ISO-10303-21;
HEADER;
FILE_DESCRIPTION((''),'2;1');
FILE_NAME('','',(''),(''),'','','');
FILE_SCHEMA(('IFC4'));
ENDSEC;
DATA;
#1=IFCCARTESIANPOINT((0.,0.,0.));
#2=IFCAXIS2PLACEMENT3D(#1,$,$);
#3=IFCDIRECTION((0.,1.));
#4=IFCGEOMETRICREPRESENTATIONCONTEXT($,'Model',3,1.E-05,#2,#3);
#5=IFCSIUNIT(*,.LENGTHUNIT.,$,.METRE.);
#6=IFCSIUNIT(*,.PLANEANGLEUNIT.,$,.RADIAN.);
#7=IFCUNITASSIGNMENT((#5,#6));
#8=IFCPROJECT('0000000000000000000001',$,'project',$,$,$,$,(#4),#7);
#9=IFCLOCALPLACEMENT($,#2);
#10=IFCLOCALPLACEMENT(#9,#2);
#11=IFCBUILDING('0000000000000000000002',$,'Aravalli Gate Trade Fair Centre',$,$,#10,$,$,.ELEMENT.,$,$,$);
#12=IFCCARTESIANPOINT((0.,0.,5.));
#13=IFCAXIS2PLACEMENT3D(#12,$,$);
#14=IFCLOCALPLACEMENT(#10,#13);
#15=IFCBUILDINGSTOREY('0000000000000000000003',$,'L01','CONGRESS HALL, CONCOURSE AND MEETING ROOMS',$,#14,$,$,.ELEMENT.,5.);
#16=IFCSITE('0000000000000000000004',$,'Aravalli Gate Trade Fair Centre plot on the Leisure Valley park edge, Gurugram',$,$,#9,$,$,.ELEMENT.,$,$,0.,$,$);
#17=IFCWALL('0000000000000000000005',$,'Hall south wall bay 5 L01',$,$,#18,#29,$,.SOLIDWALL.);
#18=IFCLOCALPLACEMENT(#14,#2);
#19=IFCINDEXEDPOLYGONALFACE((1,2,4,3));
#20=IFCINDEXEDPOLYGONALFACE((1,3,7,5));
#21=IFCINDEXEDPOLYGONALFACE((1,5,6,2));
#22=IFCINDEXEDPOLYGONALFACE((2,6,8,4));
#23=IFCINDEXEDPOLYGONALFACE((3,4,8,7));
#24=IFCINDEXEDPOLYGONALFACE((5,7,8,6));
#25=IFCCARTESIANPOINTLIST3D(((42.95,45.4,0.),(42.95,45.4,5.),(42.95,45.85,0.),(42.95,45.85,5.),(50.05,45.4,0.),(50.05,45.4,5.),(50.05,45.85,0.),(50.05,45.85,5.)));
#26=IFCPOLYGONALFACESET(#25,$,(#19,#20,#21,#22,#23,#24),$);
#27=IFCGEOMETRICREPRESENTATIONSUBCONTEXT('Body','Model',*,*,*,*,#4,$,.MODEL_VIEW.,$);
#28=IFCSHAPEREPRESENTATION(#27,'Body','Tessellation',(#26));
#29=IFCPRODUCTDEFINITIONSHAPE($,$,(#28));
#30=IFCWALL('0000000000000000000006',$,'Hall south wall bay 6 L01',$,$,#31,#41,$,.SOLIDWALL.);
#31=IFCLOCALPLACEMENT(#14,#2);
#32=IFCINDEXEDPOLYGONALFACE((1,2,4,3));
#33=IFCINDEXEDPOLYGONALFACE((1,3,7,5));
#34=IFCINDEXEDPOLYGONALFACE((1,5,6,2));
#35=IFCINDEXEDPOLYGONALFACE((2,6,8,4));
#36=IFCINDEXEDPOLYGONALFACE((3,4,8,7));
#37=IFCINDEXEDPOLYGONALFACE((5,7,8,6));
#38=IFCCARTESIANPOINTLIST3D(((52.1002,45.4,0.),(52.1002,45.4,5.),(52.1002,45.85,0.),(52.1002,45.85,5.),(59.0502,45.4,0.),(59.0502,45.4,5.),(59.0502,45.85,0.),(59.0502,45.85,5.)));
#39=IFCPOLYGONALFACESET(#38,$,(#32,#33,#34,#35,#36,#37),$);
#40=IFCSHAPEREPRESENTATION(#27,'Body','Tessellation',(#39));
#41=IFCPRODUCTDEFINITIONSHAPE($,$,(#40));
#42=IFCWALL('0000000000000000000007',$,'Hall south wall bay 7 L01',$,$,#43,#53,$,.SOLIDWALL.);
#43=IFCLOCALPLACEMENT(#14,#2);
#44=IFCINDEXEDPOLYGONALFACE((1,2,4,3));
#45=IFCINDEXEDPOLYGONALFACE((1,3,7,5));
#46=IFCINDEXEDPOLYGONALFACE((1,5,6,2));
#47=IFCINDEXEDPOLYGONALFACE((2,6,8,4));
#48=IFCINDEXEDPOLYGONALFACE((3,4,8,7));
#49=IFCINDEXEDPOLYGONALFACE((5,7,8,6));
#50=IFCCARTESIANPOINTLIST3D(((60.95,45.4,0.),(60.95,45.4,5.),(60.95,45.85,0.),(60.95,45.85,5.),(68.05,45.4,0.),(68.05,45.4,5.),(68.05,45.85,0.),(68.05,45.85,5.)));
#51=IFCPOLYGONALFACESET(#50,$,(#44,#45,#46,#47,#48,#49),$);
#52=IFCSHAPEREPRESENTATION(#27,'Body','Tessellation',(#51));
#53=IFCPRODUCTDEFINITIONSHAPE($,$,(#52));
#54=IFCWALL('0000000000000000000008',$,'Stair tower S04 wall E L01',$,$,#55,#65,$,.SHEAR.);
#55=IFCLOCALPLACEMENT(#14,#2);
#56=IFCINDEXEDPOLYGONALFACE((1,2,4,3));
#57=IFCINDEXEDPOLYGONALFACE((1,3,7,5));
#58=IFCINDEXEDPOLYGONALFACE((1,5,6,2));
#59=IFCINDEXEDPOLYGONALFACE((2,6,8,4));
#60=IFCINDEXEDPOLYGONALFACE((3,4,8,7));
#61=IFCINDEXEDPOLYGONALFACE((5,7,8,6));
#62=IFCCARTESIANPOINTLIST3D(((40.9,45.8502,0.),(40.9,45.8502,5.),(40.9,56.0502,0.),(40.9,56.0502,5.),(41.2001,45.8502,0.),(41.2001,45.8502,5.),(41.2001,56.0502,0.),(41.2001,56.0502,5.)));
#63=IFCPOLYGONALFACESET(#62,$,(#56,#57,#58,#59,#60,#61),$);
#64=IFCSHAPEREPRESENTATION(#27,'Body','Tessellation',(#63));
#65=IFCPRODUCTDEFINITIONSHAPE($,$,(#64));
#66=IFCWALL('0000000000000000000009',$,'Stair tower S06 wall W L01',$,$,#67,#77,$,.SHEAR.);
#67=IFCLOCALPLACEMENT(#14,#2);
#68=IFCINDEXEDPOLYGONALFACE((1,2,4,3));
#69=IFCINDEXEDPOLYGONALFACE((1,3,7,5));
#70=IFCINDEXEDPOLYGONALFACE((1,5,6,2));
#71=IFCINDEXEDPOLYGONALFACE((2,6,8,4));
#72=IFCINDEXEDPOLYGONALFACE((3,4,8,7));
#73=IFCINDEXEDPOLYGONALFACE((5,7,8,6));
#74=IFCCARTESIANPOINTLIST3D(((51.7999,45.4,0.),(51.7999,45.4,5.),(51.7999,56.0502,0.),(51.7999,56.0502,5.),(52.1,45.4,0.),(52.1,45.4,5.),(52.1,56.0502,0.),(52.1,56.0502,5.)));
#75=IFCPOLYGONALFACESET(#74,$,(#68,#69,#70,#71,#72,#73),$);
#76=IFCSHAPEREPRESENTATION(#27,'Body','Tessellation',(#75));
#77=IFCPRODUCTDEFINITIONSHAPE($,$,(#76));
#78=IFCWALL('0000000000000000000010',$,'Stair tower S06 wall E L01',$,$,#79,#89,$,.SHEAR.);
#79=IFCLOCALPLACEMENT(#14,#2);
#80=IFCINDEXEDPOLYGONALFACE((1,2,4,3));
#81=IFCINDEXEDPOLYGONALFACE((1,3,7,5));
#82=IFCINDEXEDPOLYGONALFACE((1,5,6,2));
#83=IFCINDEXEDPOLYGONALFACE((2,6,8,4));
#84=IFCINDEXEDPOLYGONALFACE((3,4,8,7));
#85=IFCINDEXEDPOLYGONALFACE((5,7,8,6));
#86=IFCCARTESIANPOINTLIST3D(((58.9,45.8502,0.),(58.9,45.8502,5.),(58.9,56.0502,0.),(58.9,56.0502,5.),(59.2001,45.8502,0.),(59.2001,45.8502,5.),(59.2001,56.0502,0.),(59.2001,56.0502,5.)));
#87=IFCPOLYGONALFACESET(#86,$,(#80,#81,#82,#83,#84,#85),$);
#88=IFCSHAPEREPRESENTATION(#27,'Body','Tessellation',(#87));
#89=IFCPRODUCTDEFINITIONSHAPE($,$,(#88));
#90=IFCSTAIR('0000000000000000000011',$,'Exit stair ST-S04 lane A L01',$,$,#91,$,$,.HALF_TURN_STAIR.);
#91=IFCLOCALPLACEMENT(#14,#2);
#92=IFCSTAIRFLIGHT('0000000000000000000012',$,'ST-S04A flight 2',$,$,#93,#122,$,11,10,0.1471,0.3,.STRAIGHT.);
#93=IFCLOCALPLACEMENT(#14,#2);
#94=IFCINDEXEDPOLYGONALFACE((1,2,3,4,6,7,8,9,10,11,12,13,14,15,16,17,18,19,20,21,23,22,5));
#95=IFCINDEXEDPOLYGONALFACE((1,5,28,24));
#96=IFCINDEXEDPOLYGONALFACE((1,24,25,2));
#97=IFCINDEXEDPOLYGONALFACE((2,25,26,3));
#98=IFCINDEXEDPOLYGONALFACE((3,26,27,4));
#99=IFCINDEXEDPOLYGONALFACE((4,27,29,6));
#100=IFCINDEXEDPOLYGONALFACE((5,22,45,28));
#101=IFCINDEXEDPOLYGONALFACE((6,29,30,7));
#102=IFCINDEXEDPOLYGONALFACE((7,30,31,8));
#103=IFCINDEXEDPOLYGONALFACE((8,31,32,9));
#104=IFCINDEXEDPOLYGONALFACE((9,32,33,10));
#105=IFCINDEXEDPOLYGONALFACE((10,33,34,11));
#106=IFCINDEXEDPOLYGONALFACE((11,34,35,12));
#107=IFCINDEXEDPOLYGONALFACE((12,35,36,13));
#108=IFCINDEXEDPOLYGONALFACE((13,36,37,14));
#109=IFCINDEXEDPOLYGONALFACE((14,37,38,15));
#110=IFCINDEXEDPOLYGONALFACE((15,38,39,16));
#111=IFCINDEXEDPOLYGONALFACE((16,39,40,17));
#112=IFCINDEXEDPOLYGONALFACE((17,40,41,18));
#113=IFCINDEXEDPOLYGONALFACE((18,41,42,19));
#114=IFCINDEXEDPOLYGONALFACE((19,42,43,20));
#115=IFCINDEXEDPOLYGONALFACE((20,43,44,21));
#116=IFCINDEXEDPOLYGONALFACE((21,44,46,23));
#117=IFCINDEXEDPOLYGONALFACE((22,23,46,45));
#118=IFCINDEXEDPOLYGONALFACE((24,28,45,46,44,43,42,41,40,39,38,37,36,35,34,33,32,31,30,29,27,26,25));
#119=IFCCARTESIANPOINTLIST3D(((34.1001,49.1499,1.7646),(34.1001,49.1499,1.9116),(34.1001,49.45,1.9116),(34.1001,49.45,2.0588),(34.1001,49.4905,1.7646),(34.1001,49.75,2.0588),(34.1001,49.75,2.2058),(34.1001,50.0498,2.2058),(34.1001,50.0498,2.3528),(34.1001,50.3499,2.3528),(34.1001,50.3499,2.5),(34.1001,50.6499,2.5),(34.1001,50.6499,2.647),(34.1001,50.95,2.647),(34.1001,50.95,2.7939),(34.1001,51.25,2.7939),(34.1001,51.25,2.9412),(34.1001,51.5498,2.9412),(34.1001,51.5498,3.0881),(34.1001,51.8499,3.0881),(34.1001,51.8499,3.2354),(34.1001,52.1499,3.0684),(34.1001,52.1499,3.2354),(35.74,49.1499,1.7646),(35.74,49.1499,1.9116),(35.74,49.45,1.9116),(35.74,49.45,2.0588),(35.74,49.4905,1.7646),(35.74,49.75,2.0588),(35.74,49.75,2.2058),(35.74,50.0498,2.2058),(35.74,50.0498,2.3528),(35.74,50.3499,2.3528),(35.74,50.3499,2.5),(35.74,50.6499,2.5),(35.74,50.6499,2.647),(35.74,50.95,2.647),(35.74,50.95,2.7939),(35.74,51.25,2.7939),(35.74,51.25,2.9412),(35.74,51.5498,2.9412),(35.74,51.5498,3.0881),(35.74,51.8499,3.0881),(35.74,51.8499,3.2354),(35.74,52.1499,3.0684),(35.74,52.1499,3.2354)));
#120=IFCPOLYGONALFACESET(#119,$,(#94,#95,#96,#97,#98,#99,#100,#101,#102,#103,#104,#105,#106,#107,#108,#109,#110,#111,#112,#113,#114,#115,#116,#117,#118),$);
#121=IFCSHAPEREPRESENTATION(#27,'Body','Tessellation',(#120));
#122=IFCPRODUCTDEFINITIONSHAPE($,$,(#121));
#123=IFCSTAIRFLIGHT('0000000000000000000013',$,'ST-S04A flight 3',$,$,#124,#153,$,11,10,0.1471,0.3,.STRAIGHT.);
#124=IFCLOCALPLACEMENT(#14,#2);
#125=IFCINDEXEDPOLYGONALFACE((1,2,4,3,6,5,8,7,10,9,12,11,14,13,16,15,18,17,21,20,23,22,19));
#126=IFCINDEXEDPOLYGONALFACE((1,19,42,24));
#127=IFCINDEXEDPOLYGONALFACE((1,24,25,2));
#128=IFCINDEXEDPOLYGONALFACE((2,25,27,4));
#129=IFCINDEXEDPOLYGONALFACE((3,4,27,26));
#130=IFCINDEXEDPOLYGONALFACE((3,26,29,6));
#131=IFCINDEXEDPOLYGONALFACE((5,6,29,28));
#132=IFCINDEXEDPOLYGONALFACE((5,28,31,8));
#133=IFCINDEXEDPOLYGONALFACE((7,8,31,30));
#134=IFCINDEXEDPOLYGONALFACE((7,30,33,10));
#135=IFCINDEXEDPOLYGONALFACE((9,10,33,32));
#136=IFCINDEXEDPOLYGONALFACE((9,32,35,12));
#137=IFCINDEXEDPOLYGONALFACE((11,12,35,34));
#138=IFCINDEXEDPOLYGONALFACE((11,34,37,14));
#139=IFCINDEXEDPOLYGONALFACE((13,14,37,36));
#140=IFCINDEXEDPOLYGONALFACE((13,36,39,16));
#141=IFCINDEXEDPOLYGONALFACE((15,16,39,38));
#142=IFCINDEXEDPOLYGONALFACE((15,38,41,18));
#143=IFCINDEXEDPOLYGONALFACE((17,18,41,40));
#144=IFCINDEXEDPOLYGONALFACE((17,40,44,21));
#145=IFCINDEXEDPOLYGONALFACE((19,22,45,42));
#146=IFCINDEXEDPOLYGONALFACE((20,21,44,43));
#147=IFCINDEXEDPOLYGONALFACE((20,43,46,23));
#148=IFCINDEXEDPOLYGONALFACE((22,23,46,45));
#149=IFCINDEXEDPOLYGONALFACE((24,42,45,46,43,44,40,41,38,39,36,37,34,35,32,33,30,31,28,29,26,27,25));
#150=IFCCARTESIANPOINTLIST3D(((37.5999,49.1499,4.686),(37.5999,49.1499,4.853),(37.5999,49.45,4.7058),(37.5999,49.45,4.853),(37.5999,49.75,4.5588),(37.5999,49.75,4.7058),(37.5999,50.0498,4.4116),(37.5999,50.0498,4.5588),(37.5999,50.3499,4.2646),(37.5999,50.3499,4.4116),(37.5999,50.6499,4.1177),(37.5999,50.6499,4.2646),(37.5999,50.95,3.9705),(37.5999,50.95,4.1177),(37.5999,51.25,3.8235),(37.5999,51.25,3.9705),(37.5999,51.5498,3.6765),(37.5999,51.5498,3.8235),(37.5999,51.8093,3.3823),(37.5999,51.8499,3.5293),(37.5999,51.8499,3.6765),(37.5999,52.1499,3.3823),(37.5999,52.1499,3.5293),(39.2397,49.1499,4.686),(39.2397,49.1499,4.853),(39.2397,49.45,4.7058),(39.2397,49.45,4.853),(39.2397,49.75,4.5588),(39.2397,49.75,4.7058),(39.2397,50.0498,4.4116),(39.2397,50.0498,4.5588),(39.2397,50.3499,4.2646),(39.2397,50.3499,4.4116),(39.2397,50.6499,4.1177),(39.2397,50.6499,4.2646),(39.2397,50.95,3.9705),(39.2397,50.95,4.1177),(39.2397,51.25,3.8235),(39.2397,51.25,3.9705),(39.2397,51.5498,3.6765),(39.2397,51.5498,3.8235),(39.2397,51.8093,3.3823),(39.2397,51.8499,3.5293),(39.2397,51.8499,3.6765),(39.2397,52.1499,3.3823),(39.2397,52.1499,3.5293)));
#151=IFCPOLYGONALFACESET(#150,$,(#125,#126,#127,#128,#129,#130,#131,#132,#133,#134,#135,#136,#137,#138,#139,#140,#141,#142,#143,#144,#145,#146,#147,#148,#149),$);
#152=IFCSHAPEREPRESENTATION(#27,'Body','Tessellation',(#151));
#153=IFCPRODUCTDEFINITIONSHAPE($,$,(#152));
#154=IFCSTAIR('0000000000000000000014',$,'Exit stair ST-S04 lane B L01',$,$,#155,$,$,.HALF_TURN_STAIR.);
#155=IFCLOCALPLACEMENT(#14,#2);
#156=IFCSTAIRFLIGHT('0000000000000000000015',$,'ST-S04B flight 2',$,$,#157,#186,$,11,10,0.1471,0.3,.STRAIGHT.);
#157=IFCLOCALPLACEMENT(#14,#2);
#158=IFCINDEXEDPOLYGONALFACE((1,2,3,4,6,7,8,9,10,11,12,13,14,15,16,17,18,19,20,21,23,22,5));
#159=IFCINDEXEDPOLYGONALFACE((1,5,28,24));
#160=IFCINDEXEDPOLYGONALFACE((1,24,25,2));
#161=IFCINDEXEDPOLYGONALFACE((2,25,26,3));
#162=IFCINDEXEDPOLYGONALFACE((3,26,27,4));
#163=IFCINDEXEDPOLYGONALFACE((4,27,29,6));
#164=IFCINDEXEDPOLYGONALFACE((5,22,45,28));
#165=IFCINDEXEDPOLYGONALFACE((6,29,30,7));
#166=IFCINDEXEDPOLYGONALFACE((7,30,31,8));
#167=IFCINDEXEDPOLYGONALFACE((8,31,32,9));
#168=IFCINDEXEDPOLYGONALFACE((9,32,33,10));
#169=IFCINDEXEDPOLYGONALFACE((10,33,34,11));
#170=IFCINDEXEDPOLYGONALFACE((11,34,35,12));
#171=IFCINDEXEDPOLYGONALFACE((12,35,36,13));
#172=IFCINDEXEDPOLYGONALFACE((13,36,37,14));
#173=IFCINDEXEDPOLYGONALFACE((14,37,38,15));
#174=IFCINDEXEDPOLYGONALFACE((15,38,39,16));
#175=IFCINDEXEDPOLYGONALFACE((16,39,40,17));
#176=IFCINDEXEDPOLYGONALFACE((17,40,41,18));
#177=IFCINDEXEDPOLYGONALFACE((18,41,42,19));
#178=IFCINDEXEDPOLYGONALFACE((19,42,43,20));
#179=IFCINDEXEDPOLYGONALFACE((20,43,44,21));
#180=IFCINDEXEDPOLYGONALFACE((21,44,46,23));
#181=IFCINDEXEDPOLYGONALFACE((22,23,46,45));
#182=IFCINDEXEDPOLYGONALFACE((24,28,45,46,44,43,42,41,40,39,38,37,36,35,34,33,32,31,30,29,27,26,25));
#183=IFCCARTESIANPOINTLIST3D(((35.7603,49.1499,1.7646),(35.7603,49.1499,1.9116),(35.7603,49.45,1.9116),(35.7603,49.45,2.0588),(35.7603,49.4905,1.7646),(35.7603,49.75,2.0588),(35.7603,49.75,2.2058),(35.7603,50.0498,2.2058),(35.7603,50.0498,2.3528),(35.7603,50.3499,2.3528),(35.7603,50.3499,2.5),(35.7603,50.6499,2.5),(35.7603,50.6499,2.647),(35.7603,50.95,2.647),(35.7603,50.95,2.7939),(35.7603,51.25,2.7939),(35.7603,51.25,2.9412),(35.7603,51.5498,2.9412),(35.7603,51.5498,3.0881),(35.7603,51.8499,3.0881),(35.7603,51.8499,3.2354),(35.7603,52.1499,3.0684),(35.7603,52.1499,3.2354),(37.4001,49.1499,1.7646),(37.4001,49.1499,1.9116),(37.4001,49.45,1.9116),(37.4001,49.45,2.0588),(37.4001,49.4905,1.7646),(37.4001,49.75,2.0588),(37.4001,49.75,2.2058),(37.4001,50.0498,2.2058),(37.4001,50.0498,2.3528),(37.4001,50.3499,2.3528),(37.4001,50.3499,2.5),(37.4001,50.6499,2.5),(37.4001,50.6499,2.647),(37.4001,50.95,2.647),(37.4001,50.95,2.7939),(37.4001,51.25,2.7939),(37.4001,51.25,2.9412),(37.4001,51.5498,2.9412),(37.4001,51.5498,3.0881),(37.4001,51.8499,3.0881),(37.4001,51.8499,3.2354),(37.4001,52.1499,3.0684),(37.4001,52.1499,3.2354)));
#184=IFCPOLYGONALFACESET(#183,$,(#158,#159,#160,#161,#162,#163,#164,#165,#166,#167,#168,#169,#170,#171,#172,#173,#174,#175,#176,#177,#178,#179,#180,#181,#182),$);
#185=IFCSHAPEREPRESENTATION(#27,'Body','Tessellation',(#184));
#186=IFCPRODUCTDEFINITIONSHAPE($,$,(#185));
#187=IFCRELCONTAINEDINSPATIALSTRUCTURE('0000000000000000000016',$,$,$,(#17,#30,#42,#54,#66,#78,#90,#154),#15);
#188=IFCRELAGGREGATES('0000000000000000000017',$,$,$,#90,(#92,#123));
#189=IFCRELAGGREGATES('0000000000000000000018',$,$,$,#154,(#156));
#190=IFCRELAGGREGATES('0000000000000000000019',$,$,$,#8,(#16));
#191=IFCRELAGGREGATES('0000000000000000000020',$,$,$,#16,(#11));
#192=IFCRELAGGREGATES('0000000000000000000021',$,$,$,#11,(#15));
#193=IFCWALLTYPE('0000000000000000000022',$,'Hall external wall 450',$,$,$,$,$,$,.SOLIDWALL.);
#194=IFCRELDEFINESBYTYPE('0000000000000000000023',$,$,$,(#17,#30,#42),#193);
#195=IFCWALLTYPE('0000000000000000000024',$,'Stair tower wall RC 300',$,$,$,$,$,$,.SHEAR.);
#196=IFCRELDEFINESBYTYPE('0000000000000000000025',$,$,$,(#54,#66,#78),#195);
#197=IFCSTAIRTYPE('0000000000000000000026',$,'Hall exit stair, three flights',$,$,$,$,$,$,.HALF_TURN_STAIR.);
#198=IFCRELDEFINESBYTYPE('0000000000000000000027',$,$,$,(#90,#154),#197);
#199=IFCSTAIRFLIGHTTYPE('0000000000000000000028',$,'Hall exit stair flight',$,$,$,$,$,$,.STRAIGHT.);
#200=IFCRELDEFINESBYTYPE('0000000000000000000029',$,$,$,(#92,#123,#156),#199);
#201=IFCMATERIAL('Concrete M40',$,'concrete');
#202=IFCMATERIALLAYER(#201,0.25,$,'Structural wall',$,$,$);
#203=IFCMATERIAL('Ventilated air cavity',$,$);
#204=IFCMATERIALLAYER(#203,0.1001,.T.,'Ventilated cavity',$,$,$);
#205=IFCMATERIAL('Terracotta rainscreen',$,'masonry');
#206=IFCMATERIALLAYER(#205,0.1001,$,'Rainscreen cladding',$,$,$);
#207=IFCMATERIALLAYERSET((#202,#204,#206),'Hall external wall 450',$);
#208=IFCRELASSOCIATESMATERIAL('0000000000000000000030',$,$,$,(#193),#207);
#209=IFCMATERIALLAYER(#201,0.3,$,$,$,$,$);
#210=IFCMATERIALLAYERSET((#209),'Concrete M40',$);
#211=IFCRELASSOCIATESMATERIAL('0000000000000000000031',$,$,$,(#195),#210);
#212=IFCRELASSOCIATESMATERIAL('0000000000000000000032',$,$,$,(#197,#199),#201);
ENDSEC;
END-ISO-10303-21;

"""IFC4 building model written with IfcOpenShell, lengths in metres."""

from ifc_helpers import new_model, si_unit, direction, frame, frame_2d, origin, place, context, subcontext, project, spatial, polyline, rectangle, outline, extrude, material, layer, layer_set, type_object, element, aggregate, save


model = new_model("IFC4")

# Units and contexts
model_context = context("Model", 3, precision=1e-05, world=origin(), true_north=direction((0.0, 1.0)))
body_context = subcontext(model_context, "Body", "Model", "MODEL_VIEW")
ifc_project = project(units=[si_unit("LENGTHUNIT", "METRE"), si_unit("PLANEANGLEUNIT", "RADIAN")], contexts=[model_context])

# Site, building, storey
site_placement = place(None, origin())
site = spatial("IfcSite", under=ifc_project, at=site_placement, Name="Aravalli Gate Trade Fair Centre plot on the Leisure Valley park edge, Gurugram", CompositionType="ELEMENT", RefElevation=0.0)
building_placement = place(site_placement, origin())
building = spatial("IfcBuilding", under=site, at=building_placement, Name="Aravalli Gate Trade Fair Centre", CompositionType="ELEMENT")
storey_placement = place(building_placement, frame((0.0, 0.0, 5.0)))
storey = spatial("IfcBuildingStorey", under=building, at=storey_placement, Name="L01", Description="CONGRESS HALL, CONCOURSE AND MEETING ROOMS", CompositionType="ELEMENT", Elevation=5.0)

# Walls
ifc_material_1 = material(Name="Concrete M40", Category="concrete")
ifc_layer_1 = layer(ifc_material_1, 0.25, Name="Structural wall")
ifc_material_2 = material(Name="Ventilated air cavity")
ifc_layer_2 = layer(ifc_material_2, 0.1001, ventilated=True, Name="Ventilated cavity")
ifc_material_3 = material(Name="Terracotta rainscreen", Category="masonry")
ifc_layer_3 = layer(ifc_material_3, 0.1001, Name="Rainscreen cladding")
ifc_layer_set_1 = layer_set([ifc_layer_1, ifc_layer_2, ifc_layer_3], Name="Hall external wall 450")
wall_type_1 = type_object("IfcWallType", Name="Hall external wall 450", PredefinedType="SOLIDWALL", material=ifc_layer_set_1)
wall_1_placement = place(storey_placement, frame((42.95, 45.625, 0.0), z_axis=(0.0, 0.0, 1.0), x_axis=(1.0, 0.0, 0.0)))
element("IfcWall", 1, at=wall_1_placement, inside=storey, type_object=wall_type_1, Name="Hall south wall bay 5 L01", PredefinedType="SOLIDWALL", context=body_context, shape_type="SweptSolid", body=[
    extrude(rectangle(XDim=7.1001, YDim=0.45, at=frame_2d((3.55, 0.0))), origin(), (0.0, 0.0, 1.0), 5.0),
])
wall_2_placement = place(storey_placement, frame((52.1001, 45.625, 0.0), z_axis=(0.0, 0.0, 1.0), x_axis=(1.0, 0.0, 0.0)))
element("IfcWall", 2, at=wall_2_placement, inside=storey, type_object=wall_type_1, Name="Hall south wall bay 6 L01", PredefinedType="SOLIDWALL", context=body_context, shape_type="SweptSolid", body=[
    extrude(rectangle(XDim=6.95, YDim=0.45, at=frame_2d((3.4751, 0.0))), origin(), (0.0, 0.0, 1.0), 5.0),
])
wall_3_placement = place(storey_placement, frame((60.95, 45.625, 0.0), z_axis=(0.0, 0.0, 1.0), x_axis=(1.0, 0.0, 0.0)))
element("IfcWall", 3, at=wall_3_placement, inside=storey, type_object=wall_type_1, Name="Hall south wall bay 7 L01", PredefinedType="SOLIDWALL", context=body_context, shape_type="SweptSolid", body=[
    extrude(rectangle(XDim=7.1001, YDim=0.45, at=frame_2d((3.55, 0.0))), origin(), (0.0, 0.0, 1.0), 5.0),
])
ifc_layer_4 = layer(ifc_material_1, 0.3)
ifc_layer_set_2 = layer_set([ifc_layer_4], Name="Concrete M40")
wall_type_2 = type_object("IfcWallType", Name="Stair tower wall RC 300", PredefinedType="SHEAR", material=ifc_layer_set_2)
wall_4_placement = place(storey_placement, frame((41.05, 45.8501, 0.0), z_axis=(0.0, 0.0, 1.0), x_axis=(0.0, 1.0, 0.0)))
element("IfcWall", 4, at=wall_4_placement, inside=storey, type_object=wall_type_2, Name="Stair tower S04 wall E L01", PredefinedType="SHEAR", context=body_context, shape_type="SweptSolid", body=[
    extrude(rectangle(XDim=10.2, YDim=0.3, at=frame_2d((5.1001, 0.0))), origin(), (0.0, 0.0, 1.0), 5.0),
])
wall_5_placement = place(storey_placement, frame((51.95, 45.3999, 0.0), z_axis=(0.0, 0.0, 1.0), x_axis=(0.0, 1.0, 0.0)))
element("IfcWall", 5, at=wall_5_placement, inside=storey, type_object=wall_type_2, Name="Stair tower S06 wall W L01", PredefinedType="SHEAR", context=body_context, shape_type="SweptSolid", body=[
    extrude(rectangle(XDim=10.6501, YDim=0.3, at=frame_2d((5.3252, 0.0))), origin(), (0.0, 0.0, 1.0), 5.0),
])
wall_6_placement = place(storey_placement, frame((59.05, 45.8501, 0.0), z_axis=(0.0, 0.0, 1.0), x_axis=(0.0, 1.0, 0.0)))
element("IfcWall", 6, at=wall_6_placement, inside=storey, type_object=wall_type_2, Name="Stair tower S06 wall E L01", PredefinedType="SHEAR", context=body_context, shape_type="SweptSolid", body=[
    extrude(rectangle(XDim=10.2, YDim=0.3, at=frame_2d((5.1001, 0.0))), origin(), (0.0, 0.0, 1.0), 5.0),
])

# Stairs, stair flights
stair_type = type_object("IfcStairType", Name="Hall exit stair, three flights", PredefinedType="HALF_TURN_STAIR", material=ifc_material_1)
stair_1_placement = place(storey_placement, origin())
stair_1 = element("IfcStair", 7, at=stair_1_placement, inside=storey, type_object=stair_type, Name="Exit stair ST-S04 lane A L01", PredefinedType="HALF_TURN_STAIR")
stair_flight_type = type_object("IfcStairFlightType", Name="Hall exit stair flight", PredefinedType="STRAIGHT", material=ifc_material_1)
stair_flight_1_placement = place(storey_placement, frame((34.9199, 49.1499, 1.7646), z_axis=(0.0, 0.0, 1.0), x_axis=(0.0, 1.0, 0.0)))
stair_flight_1 = element("IfcStairFlight", 8, at=stair_flight_1_placement, type_object=stair_flight_type, Name="ST-S04A flight 2", NumberOfRisers=11, NumberOfTreads=10, PredefinedType="STRAIGHT", RiserHeight=0.1471, TreadLength=0.3, context=body_context, shape_type="SweptSolid", body=[
    extrude(outline(polyline([(0.0, 0.0), (0.0, 0.147), (0.3, 0.147), (0.3, 0.2942), (0.6001, 0.2942), (0.6001, 0.4412), (0.8999, 0.4412), (0.8999, 0.5881), (1.2, 0.5881), (1.2, 0.7354), (1.5, 0.7354), (1.5, 0.8823), (1.8, 0.8823), (1.8, 1.0293), (2.1001, 1.0293), (2.1001, 1.1765), (2.3999, 1.1765), (2.3999, 1.3235), (2.7, 1.3235), (2.7, 1.4707), (3.0, 1.4707), (3.0, 1.6177), (3.0, 1.3037), (0.3406, 0.0), (0.0, 0.0)])), frame((0.0, 0.8198, 0.0), z_axis=(0.0, -1.0, 0.0), x_axis=(1.0, 0.0, 0.0)), (0.0, 0.0, 1.0), 1.6399),
])
stair_flight_2_placement = place(storey_placement, frame((38.4199, 52.1499, 3.3823), z_axis=(0.0, 0.0, 1.0), x_axis=(0.0, -1.0, 0.0)))
stair_flight_2 = element("IfcStairFlight", 9, at=stair_flight_2_placement, type_object=stair_flight_type, Name="ST-S04A flight 3", NumberOfRisers=11, NumberOfTreads=10, PredefinedType="STRAIGHT", RiserHeight=0.1471, TreadLength=0.3, context=body_context, shape_type="SweptSolid", body=[
    extrude(outline(polyline([(0.0, 0.0), (0.0, 0.147), (0.3, 0.147), (0.3, 0.2942), (0.6001, 0.2942), (0.6001, 0.4412), (0.8999, 0.4412), (0.8999, 0.5881), (1.2, 0.5881), (1.2, 0.7354), (1.5, 0.7354), (1.5, 0.8823), (1.8, 0.8823), (1.8, 1.0293), (2.1001, 1.0293), (2.1001, 1.1765), (2.3999, 1.1765), (2.3999, 1.3235), (2.7, 1.3235), (2.7, 1.4707), (3.0, 1.4707), (3.0, 1.6177), (3.0, 1.3037), (0.3406, 0.0), (0.0, 0.0)])), frame((0.0, 0.8198, 0.0), z_axis=(0.0, -1.0, 0.0), x_axis=(1.0, 0.0, 0.0)), (0.0, 0.0, 1.0), 1.6399),
])
aggregate(stair_1, [stair_flight_1, stair_flight_2])
stair_2_placement = place(storey_placement, origin())
stair_2 = element("IfcStair", 10, at=stair_2_placement, inside=storey, type_object=stair_type, Name="Exit stair ST-S04 lane B L01", PredefinedType="HALF_TURN_STAIR")
stair_flight_3_placement = place(storey_placement, frame((36.5801, 49.1499, 1.7646), z_axis=(0.0, 0.0, 1.0), x_axis=(0.0, 1.0, 0.0)))
stair_flight_3 = element("IfcStairFlight", 11, at=stair_flight_3_placement, type_object=stair_flight_type, Name="ST-S04B flight 2", NumberOfRisers=11, NumberOfTreads=10, PredefinedType="STRAIGHT", RiserHeight=0.1471, TreadLength=0.3, context=body_context, shape_type="SweptSolid", body=[
    extrude(outline(polyline([(0.0, 0.0), (0.0, 0.147), (0.3, 0.147), (0.3, 0.2942), (0.6001, 0.2942), (0.6001, 0.4412), (0.8999, 0.4412), (0.8999, 0.5881), (1.2, 0.5881), (1.2, 0.7354), (1.5, 0.7354), (1.5, 0.8823), (1.8, 0.8823), (1.8, 1.0293), (2.1001, 1.0293), (2.1001, 1.1765), (2.3999, 1.1765), (2.3999, 1.3235), (2.7, 1.3235), (2.7, 1.4707), (3.0, 1.4707), (3.0, 1.6177), (3.0, 1.3037), (0.3406, 0.0), (0.0, 0.0)])), frame((0.0, 0.8198, 0.0), z_axis=(0.0, -1.0, 0.0), x_axis=(1.0, 0.0, 0.0)), (0.0, 0.0, 1.0), 1.6399),
])
aggregate(stair_2, [stair_flight_3])

save(model, "model.ifc")
